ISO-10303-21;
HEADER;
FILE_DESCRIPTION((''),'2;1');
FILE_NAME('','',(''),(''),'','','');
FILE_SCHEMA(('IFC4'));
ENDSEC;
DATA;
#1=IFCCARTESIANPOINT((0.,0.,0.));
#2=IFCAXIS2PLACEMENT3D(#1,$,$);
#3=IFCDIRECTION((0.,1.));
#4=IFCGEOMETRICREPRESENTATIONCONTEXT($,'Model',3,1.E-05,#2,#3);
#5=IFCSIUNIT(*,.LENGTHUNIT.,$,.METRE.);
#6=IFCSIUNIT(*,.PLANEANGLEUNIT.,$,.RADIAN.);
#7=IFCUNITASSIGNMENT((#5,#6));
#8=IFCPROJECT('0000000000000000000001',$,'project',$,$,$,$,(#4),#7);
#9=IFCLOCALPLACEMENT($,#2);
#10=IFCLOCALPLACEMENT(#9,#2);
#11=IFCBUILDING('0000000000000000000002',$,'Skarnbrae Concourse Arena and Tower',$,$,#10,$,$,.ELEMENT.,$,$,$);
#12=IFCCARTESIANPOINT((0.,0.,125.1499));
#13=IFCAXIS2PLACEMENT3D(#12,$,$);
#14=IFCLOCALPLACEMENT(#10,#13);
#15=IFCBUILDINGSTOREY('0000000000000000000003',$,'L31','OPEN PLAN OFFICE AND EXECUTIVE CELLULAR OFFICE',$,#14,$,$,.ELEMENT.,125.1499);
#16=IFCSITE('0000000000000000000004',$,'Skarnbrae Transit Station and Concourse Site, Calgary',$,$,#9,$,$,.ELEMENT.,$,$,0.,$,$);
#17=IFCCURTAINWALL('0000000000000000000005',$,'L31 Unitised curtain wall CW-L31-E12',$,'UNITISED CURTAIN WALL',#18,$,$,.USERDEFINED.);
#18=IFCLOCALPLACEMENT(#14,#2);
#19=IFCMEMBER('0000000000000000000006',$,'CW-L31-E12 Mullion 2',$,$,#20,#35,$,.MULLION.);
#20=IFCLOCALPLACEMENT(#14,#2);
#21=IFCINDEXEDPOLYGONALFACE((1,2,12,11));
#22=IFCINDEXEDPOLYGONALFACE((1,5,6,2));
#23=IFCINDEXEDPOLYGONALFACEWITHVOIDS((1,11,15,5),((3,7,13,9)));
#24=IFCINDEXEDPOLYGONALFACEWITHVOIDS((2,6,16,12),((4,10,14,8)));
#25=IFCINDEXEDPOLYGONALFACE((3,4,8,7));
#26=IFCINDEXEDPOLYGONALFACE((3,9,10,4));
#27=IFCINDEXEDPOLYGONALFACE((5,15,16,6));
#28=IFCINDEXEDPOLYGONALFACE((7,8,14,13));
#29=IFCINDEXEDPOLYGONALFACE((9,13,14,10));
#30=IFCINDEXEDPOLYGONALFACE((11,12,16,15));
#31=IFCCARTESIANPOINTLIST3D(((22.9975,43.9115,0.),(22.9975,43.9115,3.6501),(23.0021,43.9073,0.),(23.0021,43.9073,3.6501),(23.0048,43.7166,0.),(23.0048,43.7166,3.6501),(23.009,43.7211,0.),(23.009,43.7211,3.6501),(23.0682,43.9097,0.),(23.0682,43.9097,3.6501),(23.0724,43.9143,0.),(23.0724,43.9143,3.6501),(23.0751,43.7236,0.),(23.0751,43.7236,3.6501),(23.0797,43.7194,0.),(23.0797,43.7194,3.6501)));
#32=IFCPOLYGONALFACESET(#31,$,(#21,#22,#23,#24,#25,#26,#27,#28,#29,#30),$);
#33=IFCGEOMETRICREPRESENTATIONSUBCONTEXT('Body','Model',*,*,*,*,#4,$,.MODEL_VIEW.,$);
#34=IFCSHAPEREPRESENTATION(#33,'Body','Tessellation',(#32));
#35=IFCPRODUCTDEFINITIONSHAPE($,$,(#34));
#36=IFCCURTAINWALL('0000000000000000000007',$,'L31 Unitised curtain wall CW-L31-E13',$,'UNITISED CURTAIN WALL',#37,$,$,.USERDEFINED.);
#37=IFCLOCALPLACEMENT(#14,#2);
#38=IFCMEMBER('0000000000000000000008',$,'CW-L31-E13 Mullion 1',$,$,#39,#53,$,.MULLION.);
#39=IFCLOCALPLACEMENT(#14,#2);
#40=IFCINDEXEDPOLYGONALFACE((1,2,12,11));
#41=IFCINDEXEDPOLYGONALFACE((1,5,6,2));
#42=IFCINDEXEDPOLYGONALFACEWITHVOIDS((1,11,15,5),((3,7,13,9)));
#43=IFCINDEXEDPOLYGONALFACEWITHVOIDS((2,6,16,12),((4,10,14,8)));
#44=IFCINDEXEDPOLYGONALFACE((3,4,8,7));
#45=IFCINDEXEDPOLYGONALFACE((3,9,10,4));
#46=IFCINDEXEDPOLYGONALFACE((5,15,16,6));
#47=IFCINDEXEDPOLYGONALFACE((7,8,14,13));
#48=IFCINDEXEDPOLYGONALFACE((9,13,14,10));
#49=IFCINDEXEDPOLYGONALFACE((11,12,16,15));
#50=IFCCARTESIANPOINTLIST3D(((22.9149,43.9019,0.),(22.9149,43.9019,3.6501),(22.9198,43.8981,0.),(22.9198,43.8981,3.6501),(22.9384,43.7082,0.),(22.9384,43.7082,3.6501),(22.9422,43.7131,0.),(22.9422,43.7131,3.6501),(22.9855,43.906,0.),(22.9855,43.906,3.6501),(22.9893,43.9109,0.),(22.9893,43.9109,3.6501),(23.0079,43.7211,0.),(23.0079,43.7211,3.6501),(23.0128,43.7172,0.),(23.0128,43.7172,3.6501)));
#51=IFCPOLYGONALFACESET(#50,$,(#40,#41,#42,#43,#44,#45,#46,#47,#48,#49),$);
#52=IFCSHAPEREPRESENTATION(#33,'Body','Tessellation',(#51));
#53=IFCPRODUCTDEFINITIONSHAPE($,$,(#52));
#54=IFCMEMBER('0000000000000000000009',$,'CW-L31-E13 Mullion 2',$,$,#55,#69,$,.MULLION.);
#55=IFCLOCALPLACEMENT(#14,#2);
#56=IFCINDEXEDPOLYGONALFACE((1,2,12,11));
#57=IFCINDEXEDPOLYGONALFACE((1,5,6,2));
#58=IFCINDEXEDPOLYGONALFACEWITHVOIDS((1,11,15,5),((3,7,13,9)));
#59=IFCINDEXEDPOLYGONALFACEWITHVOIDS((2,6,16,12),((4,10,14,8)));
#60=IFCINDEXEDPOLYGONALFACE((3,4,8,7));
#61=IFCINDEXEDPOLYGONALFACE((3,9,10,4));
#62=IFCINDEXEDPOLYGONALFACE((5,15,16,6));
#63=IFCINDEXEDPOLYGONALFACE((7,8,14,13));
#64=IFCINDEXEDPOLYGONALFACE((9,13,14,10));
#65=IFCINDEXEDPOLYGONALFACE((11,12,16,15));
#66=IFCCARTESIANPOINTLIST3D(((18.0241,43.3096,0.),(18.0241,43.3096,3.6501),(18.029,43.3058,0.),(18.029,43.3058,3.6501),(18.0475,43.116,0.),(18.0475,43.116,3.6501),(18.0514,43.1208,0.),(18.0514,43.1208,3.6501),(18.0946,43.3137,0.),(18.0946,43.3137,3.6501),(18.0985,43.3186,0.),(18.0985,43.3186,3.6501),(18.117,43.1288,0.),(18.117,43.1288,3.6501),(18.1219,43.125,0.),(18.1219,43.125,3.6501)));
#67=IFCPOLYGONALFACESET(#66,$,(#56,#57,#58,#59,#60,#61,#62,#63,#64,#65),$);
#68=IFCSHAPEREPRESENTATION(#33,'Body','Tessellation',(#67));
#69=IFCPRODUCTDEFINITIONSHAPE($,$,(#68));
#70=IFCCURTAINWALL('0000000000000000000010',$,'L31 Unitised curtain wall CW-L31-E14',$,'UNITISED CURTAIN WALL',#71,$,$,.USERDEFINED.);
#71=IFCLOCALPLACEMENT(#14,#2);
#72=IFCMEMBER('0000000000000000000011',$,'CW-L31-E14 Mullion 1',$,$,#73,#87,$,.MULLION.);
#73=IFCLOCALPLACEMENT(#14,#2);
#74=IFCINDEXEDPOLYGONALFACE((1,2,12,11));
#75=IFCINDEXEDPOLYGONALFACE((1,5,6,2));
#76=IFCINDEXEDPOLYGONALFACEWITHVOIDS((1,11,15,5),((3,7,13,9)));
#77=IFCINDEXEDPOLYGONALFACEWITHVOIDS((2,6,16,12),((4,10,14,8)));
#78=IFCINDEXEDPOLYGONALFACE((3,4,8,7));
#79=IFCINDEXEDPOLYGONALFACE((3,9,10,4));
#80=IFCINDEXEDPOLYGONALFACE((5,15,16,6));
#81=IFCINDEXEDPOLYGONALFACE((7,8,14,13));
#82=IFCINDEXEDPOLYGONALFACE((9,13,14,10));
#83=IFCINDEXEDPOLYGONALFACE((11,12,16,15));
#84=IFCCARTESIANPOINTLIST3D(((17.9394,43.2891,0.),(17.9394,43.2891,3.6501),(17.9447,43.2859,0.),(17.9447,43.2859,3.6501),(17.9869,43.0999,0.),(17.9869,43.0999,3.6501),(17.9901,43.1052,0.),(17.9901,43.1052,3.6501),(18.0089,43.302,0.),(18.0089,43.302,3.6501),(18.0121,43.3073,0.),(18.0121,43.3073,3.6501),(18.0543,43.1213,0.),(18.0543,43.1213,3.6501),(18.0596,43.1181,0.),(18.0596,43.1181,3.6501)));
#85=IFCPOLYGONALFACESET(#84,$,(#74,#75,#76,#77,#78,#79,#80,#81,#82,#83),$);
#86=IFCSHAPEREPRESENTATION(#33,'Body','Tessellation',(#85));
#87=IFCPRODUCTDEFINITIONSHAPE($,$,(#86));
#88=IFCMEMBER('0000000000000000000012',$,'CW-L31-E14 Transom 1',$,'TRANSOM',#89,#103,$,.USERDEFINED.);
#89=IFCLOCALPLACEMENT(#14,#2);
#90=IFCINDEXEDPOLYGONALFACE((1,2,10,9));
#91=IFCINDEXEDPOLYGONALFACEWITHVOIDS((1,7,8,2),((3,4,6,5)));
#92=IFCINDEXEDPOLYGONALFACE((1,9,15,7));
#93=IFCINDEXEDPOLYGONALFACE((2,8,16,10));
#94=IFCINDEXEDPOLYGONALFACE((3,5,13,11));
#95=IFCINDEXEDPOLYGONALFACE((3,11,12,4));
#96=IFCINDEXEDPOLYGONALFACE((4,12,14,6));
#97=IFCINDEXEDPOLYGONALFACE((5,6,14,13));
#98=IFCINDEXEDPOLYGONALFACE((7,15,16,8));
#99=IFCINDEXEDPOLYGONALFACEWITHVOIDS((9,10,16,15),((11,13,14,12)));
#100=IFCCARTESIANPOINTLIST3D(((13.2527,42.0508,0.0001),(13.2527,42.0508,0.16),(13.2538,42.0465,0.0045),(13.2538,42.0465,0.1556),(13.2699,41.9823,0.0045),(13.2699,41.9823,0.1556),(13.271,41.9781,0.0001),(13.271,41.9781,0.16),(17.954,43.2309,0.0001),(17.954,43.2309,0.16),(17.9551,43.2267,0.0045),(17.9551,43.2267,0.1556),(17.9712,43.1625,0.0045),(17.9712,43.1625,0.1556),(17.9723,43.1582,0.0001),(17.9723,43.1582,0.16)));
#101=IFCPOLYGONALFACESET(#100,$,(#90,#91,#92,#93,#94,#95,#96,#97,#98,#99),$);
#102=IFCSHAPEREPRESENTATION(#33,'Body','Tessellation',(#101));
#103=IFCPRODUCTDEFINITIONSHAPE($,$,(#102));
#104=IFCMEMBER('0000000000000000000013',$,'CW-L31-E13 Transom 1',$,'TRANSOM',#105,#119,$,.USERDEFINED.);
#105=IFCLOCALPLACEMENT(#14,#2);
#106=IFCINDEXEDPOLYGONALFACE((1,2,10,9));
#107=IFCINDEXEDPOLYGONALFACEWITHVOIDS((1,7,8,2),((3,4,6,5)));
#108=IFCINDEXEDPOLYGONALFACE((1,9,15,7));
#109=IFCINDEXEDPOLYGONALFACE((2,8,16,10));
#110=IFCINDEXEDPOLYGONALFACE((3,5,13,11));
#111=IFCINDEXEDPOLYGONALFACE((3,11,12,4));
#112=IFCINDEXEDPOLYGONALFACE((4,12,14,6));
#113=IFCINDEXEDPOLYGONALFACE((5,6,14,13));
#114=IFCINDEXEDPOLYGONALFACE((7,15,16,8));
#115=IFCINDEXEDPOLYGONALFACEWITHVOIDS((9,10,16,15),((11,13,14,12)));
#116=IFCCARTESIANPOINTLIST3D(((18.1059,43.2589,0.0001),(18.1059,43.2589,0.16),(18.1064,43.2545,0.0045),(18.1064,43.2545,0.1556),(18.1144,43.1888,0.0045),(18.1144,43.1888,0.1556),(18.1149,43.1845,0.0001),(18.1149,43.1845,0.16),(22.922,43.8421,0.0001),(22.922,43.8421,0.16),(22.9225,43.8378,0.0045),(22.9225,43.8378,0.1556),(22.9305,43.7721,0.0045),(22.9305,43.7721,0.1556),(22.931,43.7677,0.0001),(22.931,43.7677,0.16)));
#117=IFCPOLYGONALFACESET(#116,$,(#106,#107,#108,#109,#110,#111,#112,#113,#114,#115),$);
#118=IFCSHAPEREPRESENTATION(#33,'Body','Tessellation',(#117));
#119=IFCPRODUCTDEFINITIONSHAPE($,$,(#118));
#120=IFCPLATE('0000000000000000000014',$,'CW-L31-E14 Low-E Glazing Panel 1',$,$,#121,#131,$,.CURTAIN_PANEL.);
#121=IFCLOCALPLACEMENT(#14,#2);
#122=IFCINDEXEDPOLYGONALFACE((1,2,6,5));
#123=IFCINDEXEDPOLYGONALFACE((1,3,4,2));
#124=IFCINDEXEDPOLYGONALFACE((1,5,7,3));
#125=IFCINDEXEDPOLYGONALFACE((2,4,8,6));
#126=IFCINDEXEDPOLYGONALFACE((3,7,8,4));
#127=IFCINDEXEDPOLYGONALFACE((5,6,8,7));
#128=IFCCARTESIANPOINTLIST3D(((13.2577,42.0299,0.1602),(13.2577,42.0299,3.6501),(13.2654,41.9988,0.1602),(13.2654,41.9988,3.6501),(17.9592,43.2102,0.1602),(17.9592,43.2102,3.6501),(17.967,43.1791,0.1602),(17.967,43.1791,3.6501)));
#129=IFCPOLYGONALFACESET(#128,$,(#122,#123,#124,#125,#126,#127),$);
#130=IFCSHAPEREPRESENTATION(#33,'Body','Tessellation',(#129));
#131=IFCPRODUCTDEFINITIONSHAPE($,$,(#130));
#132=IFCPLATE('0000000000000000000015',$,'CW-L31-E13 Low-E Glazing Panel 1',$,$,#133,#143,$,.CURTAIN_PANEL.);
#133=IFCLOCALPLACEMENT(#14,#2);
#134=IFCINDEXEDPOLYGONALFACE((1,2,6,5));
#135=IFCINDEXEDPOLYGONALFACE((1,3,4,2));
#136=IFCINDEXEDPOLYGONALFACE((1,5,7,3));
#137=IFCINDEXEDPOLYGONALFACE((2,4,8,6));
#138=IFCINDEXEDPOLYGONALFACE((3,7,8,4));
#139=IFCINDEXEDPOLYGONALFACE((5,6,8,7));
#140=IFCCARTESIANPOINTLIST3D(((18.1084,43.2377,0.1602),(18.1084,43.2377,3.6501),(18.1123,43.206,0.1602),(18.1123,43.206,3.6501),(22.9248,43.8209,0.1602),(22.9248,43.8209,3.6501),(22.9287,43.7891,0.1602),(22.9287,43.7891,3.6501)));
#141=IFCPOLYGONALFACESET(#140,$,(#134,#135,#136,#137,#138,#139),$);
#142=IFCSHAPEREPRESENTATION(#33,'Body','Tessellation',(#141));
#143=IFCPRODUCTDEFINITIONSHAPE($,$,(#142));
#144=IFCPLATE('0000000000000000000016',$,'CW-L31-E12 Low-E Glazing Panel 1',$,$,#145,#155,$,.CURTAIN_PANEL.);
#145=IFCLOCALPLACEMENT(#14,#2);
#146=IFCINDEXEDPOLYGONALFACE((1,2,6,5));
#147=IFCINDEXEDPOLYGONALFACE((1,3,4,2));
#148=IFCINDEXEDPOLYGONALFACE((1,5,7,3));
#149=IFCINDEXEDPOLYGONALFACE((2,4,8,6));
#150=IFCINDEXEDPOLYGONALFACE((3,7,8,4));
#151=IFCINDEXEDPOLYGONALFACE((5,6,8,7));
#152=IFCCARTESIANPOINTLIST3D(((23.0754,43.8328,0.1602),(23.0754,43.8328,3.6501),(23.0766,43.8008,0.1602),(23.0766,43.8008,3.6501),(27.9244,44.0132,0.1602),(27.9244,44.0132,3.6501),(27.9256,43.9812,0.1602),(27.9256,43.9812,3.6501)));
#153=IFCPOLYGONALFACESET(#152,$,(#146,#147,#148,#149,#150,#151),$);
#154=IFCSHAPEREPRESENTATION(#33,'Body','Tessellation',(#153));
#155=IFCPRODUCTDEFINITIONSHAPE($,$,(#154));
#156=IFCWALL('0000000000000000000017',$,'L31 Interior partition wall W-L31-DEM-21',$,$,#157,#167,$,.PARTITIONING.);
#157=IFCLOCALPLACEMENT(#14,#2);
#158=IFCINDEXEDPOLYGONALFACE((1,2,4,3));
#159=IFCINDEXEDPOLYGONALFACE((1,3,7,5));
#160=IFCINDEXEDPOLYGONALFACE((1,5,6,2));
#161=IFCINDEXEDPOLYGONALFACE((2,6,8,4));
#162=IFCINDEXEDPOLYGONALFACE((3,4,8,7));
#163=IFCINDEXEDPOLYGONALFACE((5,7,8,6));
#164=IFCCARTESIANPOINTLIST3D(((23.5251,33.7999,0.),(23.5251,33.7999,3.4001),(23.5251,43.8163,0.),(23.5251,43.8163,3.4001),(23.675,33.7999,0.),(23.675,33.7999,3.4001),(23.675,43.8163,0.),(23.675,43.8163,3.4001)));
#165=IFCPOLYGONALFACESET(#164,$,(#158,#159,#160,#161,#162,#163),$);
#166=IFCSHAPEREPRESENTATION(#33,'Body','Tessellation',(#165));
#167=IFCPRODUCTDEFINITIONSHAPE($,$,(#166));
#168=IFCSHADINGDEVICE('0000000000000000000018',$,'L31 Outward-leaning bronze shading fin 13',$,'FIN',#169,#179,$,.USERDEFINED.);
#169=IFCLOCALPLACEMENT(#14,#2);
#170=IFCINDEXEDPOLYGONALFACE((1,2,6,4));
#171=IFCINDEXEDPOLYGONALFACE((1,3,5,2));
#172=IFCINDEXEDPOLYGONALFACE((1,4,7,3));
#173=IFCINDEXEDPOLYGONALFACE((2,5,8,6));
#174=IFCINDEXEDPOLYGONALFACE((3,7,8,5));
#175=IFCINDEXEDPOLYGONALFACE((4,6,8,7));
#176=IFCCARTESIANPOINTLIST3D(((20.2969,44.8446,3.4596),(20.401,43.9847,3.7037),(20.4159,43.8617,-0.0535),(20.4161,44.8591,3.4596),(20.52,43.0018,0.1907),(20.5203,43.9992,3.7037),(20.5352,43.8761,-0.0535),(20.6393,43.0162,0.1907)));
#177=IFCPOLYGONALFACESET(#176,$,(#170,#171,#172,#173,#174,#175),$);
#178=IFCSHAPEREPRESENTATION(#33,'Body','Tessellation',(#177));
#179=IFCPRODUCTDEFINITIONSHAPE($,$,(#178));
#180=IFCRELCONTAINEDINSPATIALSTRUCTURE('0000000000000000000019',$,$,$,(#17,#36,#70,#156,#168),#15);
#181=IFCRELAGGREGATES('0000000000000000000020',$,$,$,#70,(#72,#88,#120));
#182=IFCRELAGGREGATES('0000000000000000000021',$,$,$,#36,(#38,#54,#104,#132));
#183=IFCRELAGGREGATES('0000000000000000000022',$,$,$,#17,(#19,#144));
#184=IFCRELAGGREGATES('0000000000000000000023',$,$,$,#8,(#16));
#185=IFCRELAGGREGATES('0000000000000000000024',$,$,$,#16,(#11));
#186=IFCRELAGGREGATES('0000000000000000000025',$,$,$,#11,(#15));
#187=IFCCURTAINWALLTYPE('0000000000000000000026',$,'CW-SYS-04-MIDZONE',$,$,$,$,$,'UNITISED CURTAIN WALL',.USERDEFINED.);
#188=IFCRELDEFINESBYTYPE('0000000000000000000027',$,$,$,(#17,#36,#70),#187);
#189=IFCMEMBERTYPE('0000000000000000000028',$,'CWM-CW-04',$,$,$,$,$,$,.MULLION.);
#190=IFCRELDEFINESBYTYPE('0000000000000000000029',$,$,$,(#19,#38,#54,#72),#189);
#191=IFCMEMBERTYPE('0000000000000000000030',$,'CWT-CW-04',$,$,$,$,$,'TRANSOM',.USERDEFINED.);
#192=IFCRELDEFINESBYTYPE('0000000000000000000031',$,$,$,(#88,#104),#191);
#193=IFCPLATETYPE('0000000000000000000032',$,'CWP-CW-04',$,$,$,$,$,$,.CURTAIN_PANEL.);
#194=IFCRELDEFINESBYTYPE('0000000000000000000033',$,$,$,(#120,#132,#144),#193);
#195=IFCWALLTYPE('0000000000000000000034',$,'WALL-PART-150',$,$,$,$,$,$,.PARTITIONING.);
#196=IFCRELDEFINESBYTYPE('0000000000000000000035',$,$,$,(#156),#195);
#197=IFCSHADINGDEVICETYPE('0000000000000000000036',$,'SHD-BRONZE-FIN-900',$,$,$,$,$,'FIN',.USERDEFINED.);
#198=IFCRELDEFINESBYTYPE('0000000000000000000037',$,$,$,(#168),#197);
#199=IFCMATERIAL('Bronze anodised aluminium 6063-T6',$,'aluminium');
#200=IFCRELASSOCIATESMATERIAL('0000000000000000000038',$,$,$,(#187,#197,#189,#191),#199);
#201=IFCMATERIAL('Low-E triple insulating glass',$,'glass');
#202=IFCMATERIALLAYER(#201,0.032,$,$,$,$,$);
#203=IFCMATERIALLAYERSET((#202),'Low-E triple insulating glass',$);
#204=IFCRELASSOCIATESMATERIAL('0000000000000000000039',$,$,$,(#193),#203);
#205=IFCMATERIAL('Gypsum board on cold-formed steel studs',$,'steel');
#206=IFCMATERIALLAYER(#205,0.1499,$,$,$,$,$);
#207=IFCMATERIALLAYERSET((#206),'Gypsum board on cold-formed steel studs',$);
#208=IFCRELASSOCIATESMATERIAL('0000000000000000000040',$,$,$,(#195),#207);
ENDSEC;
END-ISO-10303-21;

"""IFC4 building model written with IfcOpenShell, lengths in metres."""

from ifc_helpers import new_model, si_unit, direction, frame, frame_2d, origin, origin_2d, place, context, subcontext, project, spatial, rectangle, hollow_rectangle, extrude, source, transform, mapped, material, layer, layer_set, material_profile, profile_set, type_object, element, aggregate, save


model = new_model("IFC4")

# Units and contexts
model_context = context("Model", 3, precision=1e-05, world=origin(), true_north=direction((0.0, 1.0)))
body_context = subcontext(model_context, "Body", "Model", "MODEL_VIEW")
ifc_project = project(units=[si_unit("LENGTHUNIT", "METRE"), si_unit("PLANEANGLEUNIT", "RADIAN")], contexts=[model_context])

# Site, building, storey
site_placement = place(None, origin())
site = spatial("IfcSite", under=ifc_project, at=site_placement, Name="Skarnbrae Transit Station and Concourse Site, Calgary", CompositionType="ELEMENT", RefElevation=0.0)
building_placement = place(site_placement, origin())
building = spatial("IfcBuilding", under=site, at=building_placement, Name="Skarnbrae Concourse Arena and Tower", CompositionType="ELEMENT")
storey_placement = place(building_placement, frame((0.0, 0.0, 125.1499)))
storey = spatial("IfcBuildingStorey", under=building, at=storey_placement, Name="L31", Description="OPEN PLAN OFFICE AND EXECUTIVE CELLULAR OFFICE", CompositionType="ELEMENT", Elevation=125.1499)

# Curtain wall, member
ifc_material_1 = material(Name="Bronze anodised aluminium 6063-T6", Category="aluminium")
curtain_wall_type = type_object("IfcCurtainWallType", Name="CW-SYS-04-MIDZONE", ElementType="UNITISED CURTAIN WALL", PredefinedType="USERDEFINED", material=ifc_material_1)
curtain_wall_1_placement = place(storey_placement, origin())
curtain_wall_1 = element("IfcCurtainWall", 1, at=curtain_wall_1_placement, inside=storey, type_object=curtain_wall_type, Name="L31 Unitised curtain wall CW-L31-E12", ObjectType="UNITISED CURTAIN WALL", PredefinedType="USERDEFINED")
ifc_material_profile_1 = material_profile(ifc_material_1, hollow_rectangle(XDim=0.075, YDim=0.1951, WallThickness=0.0044, at=origin_2d()), Name="ALU-MULL-75X195")
ifc_profile_set_1 = profile_set([ifc_material_profile_1], Name="Bronze anodised aluminium 6063-T6")
member_type_1 = type_object("IfcMemberType", Name="CWM-CW-04", PredefinedType="MULLION", material=ifc_profile_set_1)
shared_shape_1 = source(origin(), body_context, "Body", "SweptSolid", [
    extrude(hollow_rectangle(XDim=0.075, YDim=0.1951, WallThickness=0.0044, at=origin_2d()), origin(), (0.0, 0.0, 1.0), 3.6501),
])
member_1_placement = place(storey_placement, frame((23.0386, 43.8154, 0.0), z_axis=(0.0, 0.0, 1.0), x_axis=(-0.999308, -0.037183, 0.0)))
member_1 = element("IfcMember", 2, at=member_1_placement, type_object=member_type_1, Name="CW-L31-E12 Mullion 2", PredefinedType="MULLION", context=body_context, shape_type="MappedRepresentation", body=[
    mapped(shared_shape_1, transform((0.0, 0.0, 0.0))),
])

# Curtain walls, members
curtain_wall_2_placement = place(storey_placement, origin())
curtain_wall_2 = element("IfcCurtainWall", 3, at=curtain_wall_2_placement, inside=storey, type_object=curtain_wall_type, Name="L31 Unitised curtain wall CW-L31-E13", ObjectType="UNITISED CURTAIN WALL", PredefinedType="USERDEFINED")
member_2_placement = place(storey_placement, frame((22.9639, 43.8096, 0.0), z_axis=(0.0, 0.0, 1.0), x_axis=(-0.992749, -0.120203, 0.0)))
member_2 = element("IfcMember", 4, at=member_2_placement, type_object=member_type_1, Name="CW-L31-E13 Mullion 1", PredefinedType="MULLION", context=body_context, shape_type="MappedRepresentation", body=[
    mapped(shared_shape_1, transform((0.0, 0.0, 0.0))),
])
member_3_placement = place(storey_placement, frame((18.073, 43.2173, 0.0), z_axis=(0.0, 0.0, 1.0), x_axis=(-0.992749, -0.120203, 0.0)))
member_3 = element("IfcMember", 5, at=member_3_placement, type_object=member_type_1, Name="CW-L31-E13 Mullion 2", PredefinedType="MULLION", context=body_context, shape_type="MappedRepresentation", body=[
    mapped(shared_shape_1, transform((0.0, 0.0, 0.0))),
])
curtain_wall_3_placement = place(storey_placement, origin())
curtain_wall_3 = element("IfcCurtainWall", 6, at=curtain_wall_3_placement, inside=storey, type_object=curtain_wall_type, Name="L31 Unitised curtain wall CW-L31-E14", ObjectType="UNITISED CURTAIN WALL", PredefinedType="USERDEFINED")
member_4_placement = place(storey_placement, frame((17.9995, 43.2036, 0.0), z_axis=(0.0, 0.0, 1.0), x_axis=(-0.969903, -0.243491, 0.0)))
member_4 = element("IfcMember", 7, at=member_4_placement, type_object=member_type_1, Name="CW-L31-E14 Mullion 1", PredefinedType="MULLION", context=body_context, shape_type="MappedRepresentation", body=[
    mapped(shared_shape_1, transform((0.0, 0.0, 0.0))),
])
ifc_material_profile_2 = material_profile(ifc_material_1, hollow_rectangle(XDim=0.075, YDim=0.1599, WallThickness=0.0044, at=origin_2d()), Name="ALU-TRAN-75X160")
ifc_profile_set_2 = profile_set([ifc_material_profile_2], Name="Bronze anodised aluminium 6063-T6")
member_type_2 = type_object("IfcMemberType", Name="CWT-CW-04", ElementType="TRANSOM", PredefinedType="USERDEFINED", material=ifc_profile_set_2)
shared_shape_2 = source(origin(), body_context, "Body", "SweptSolid", [
    extrude(hollow_rectangle(XDim=0.075, YDim=0.1599, WallThickness=0.0044, at=origin_2d()), origin(), (0.0, 0.0, 1.0), 4.8472),
])
member_5_placement = place(storey_placement, frame((17.9631, 43.1946, 0.0801), z_axis=(-0.969908, -0.243472, 0.0), x_axis=(0.243472, -0.969908, 0.0)))
member_5 = element("IfcMember", 8, at=member_5_placement, type_object=member_type_2, Name="CW-L31-E14 Transom 1", ObjectType="TRANSOM", PredefinedType="USERDEFINED", context=body_context, shape_type="MappedRepresentation", body=[
    mapped(shared_shape_2, transform((0.0, 0.0, 0.0))),
])

# Member
shared_shape_3 = source(origin(), body_context, "Body", "SweptSolid", [
    extrude(hollow_rectangle(XDim=0.075, YDim=0.1599, WallThickness=0.0044, at=origin_2d()), origin(), (0.0, 0.0, 1.0), 4.8513),
])
member_6_placement = place(storey_placement, frame((22.9265, 43.8049, 0.0801), z_axis=(-0.992747, -0.120225, 0.0), x_axis=(0.120225, -0.992747, 0.0)))
member_6 = element("IfcMember", 9, at=member_6_placement, type_object=member_type_2, Name="CW-L31-E13 Transom 1", ObjectType="TRANSOM", PredefinedType="USERDEFINED", context=body_context, shape_type="MappedRepresentation", body=[
    mapped(shared_shape_3, transform((0.0, 0.0, 0.0))),
])

# Plates
ifc_material_2 = material(Name="Low-E triple insulating glass", Category="glass")
ifc_layer_1 = layer(ifc_material_2, 0.032)
ifc_layer_set_1 = layer_set([ifc_layer_1], Name="Low-E triple insulating glass")
plate_type = type_object("IfcPlateType", Name="CWP-CW-04", PredefinedType="CURTAIN_PANEL", material=ifc_layer_set_1)
shared_shape_4 = source(origin(), body_context, "Body", "SweptSolid", [
    extrude(rectangle(XDim=4.8474, YDim=0.032, at=origin_2d()), origin(), (0.0, 0.0, 1.0), 3.49),
])
plate_1_placement = place(storey_placement, frame((15.6123, 42.6045, 0.1602), z_axis=(0.0, 0.0, 1.0), x_axis=(-0.969903, -0.243491, 0.0)))
plate_1 = element("IfcPlate", 10, at=plate_1_placement, type_object=plate_type, Name="CW-L31-E14 Low-E Glazing Panel 1", PredefinedType="CURTAIN_PANEL", context=body_context, shape_type="MappedRepresentation", body=[
    mapped(shared_shape_4, transform((0.0, 0.0, 0.0))),
])
aggregate(curtain_wall_3, [member_4, member_5, plate_1])
shared_shape_5 = source(origin(), body_context, "Body", "SweptSolid", [
    extrude(rectangle(XDim=4.8516, YDim=0.032, at=origin_2d()), origin(), (0.0, 0.0, 1.0), 3.49),
])
plate_2_placement = place(storey_placement, frame((20.5186, 43.5134, 0.1602), z_axis=(0.0, 0.0, 1.0), x_axis=(-0.992749, -0.120203, 0.0)))
plate_2 = element("IfcPlate", 11, at=plate_2_placement, type_object=plate_type, Name="CW-L31-E13 Low-E Glazing Panel 1", PredefinedType="CURTAIN_PANEL", context=body_context, shape_type="MappedRepresentation", body=[
    mapped(shared_shape_5, transform((0.0, 0.0, 0.0))),
])
aggregate(curtain_wall_2, [member_2, member_3, member_6, plate_2])
shared_shape_6 = source(origin(), body_context, "Body", "SweptSolid", [
    extrude(rectangle(XDim=4.8523, YDim=0.032, at=origin_2d()), origin(), (0.0, 0.0, 1.0), 3.49),
])
plate_3_placement = place(storey_placement, frame((25.5005, 43.907, 0.1602), z_axis=(0.0, 0.0, 1.0), x_axis=(-0.999308, -0.037183, 0.0)))
plate_3 = element("IfcPlate", 12, at=plate_3_placement, type_object=plate_type, Name="CW-L31-E12 Low-E Glazing Panel 1", PredefinedType="CURTAIN_PANEL", context=body_context, shape_type="MappedRepresentation", body=[
    mapped(shared_shape_6, transform((0.0, 0.0, 0.0))),
])
aggregate(curtain_wall_1, [member_1, plate_3])

# Wall
ifc_material_3 = material(Name="Gypsum board on cold-formed steel studs", Category="steel")
ifc_layer_2 = layer(ifc_material_3, 0.1499)
ifc_layer_set_2 = layer_set([ifc_layer_2], Name="Gypsum board on cold-formed steel studs")
wall_type = type_object("IfcWallType", Name="WALL-PART-150", PredefinedType="PARTITIONING", material=ifc_layer_set_2)
shared_shape_7 = source(origin(), body_context, "Body", "SweptSolid", [
    extrude(rectangle(XDim=10.0164, YDim=0.1499, at=frame_2d((5.0083, 0.0))), origin(), (0.0, 0.0, 1.0), 3.4001),
])
wall_placement = place(storey_placement, frame((23.6001, 43.8164, 0.0), z_axis=(0.0, 0.0, 1.0), x_axis=(0.0, -1.0, 0.0)))
element("IfcWall", 13, at=wall_placement, inside=storey, type_object=wall_type, Name="L31 Interior partition wall W-L31-DEM-21", PredefinedType="PARTITIONING", context=body_context, shape_type="MappedRepresentation", body=[
    mapped(shared_shape_7, transform((0.0, 0.0, 0.0))),
])

# Shading device
shading_device_type = type_object("IfcShadingDeviceType", Name="SHD-BRONZE-FIN-900", ElementType="FIN", PredefinedType="USERDEFINED", material=ifc_material_1)
shared_shape_8 = source(origin(), body_context, "Body", "SweptSolid", [
    extrude(rectangle(XDim=0.1201, YDim=0.8999, at=origin_2d()), origin(), (0.0, 0.0, 1.0), 3.6499),
])
for number, where, z_axis, x_axis, name in (
    (14, (20.5276, 43.439, 0.0686), (-0.032609, 0.269305, 0.962503), (0.992749, 0.120206, 0.0), "L31 Outward-leaning bronze shading fin 13"),
):
    element("IfcShadingDevice", number, at=place(storey_placement, frame(where, z_axis=z_axis, x_axis=x_axis)), inside=storey, type_object=shading_device_type, Name=name, ObjectType="FIN", PredefinedType="USERDEFINED", context=body_context, shape_type="MappedRepresentation", body=[
        mapped(shared_shape_8, transform((0.0, 0.0, 0.0))),
    ])

save(model, "model.ifc")
